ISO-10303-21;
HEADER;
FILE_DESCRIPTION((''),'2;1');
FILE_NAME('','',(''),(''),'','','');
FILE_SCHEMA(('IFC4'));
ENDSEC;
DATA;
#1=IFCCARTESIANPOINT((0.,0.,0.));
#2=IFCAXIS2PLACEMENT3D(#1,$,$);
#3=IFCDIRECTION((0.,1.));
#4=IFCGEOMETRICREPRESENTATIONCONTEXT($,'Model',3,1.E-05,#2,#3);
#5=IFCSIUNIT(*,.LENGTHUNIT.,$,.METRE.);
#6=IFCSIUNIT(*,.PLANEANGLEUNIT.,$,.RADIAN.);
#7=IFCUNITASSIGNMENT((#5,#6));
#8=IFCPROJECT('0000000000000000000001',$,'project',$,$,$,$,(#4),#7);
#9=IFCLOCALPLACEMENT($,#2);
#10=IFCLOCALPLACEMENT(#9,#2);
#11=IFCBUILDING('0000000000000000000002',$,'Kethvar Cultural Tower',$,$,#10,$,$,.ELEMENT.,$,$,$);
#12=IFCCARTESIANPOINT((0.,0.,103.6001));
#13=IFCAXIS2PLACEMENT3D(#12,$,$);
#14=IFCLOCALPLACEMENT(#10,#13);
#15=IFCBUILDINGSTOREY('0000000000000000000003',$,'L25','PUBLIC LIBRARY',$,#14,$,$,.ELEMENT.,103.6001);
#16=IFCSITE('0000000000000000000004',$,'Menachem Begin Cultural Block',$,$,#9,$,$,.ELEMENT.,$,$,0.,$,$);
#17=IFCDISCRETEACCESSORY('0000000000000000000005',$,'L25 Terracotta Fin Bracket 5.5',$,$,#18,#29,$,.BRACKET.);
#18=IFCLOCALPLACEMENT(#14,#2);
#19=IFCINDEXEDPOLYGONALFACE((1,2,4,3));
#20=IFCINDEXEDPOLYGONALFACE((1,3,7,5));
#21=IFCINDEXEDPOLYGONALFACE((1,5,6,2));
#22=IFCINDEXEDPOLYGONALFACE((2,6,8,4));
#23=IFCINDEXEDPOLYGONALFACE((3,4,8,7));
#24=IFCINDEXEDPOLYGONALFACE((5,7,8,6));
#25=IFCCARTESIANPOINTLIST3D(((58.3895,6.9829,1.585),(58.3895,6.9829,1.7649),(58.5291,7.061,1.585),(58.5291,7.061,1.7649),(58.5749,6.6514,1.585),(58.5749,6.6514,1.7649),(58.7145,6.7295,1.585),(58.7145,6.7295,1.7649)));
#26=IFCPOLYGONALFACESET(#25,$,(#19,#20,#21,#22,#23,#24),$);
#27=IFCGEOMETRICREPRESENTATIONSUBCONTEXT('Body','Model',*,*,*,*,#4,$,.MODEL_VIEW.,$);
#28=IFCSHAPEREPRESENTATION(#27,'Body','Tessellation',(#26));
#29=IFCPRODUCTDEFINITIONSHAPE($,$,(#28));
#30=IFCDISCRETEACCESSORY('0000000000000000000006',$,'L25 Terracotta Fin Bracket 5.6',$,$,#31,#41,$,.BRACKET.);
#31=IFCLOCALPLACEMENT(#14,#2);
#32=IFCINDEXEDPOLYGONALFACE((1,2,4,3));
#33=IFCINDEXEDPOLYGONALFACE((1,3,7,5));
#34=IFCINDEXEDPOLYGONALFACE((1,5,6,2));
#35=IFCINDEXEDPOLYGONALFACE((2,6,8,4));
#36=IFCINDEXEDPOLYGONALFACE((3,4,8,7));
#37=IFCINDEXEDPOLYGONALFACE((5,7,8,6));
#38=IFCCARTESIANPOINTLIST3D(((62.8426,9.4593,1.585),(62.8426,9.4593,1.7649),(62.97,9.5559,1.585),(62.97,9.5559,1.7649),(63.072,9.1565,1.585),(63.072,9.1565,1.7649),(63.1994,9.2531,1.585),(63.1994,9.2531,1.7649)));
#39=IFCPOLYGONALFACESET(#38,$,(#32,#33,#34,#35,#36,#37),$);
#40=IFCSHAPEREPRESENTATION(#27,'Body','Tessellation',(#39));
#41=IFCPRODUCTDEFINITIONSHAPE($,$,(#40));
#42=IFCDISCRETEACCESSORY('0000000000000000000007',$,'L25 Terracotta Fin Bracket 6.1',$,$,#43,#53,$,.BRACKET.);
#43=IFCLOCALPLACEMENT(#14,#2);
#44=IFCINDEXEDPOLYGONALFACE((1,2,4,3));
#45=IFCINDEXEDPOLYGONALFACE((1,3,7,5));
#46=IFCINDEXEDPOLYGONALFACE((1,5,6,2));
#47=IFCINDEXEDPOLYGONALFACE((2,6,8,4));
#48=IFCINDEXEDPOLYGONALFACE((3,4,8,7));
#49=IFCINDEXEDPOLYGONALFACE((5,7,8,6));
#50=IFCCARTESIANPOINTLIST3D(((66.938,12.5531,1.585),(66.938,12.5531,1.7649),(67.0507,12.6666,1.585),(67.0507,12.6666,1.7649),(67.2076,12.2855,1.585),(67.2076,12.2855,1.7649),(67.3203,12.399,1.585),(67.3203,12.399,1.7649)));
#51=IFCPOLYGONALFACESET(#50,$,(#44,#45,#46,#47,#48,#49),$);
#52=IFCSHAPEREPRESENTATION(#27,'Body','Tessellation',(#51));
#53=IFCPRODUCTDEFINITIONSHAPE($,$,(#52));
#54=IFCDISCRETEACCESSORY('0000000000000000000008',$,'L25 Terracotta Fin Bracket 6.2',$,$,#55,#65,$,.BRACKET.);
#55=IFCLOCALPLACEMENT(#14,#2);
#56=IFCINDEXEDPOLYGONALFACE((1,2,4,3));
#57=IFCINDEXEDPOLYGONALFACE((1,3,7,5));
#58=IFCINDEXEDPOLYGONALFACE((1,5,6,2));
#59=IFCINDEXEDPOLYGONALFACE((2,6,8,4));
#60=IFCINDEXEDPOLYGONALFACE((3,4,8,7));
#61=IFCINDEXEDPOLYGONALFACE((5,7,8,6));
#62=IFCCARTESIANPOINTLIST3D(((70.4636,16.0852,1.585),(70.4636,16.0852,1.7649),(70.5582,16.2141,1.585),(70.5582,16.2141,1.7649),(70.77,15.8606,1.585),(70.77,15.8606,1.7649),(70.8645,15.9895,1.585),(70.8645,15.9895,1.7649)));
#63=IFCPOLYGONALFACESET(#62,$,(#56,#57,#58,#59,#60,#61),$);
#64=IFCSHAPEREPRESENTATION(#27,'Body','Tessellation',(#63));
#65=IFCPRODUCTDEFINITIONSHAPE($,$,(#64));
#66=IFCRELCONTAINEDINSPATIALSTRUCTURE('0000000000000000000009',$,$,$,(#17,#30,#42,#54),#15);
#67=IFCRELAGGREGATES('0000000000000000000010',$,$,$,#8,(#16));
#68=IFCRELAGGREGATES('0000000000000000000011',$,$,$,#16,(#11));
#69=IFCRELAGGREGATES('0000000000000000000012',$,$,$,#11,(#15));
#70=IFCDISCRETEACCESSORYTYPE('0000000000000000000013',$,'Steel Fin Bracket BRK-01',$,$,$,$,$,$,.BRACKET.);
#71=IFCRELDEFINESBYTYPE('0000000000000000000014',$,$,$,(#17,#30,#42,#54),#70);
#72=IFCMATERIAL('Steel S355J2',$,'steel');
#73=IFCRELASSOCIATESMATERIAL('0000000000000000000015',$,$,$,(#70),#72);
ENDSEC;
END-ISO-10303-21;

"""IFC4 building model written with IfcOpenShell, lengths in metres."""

from ifc_helpers import new_model, si_unit, direction, frame, origin, origin_2d, place, context, subcontext, project, spatial, rectangle, extrude, source, transform, mapped, material, type_object, element, save


model = new_model("IFC4")

# Units and contexts
model_context = context("Model", 3, precision=1e-05, world=origin(), true_north=direction((0.0, 1.0)))
body_context = subcontext(model_context, "Body", "Model", "MODEL_VIEW")
ifc_project = project(units=[si_unit("LENGTHUNIT", "METRE"), si_unit("PLANEANGLEUNIT", "RADIAN")], contexts=[model_context])

# Site, building, storey
site_placement = place(None, origin())
site = spatial("IfcSite", under=ifc_project, at=site_placement, Name="Menachem Begin Cultural Block", CompositionType="ELEMENT", RefElevation=0.0)
building_placement = place(site_placement, origin())
building = spatial("IfcBuilding", under=site, at=building_placement, Name="Kethvar Cultural Tower", CompositionType="ELEMENT")
storey_placement = place(building_placement, frame((0.0, 0.0, 103.6001)))
storey = spatial("IfcBuildingStorey", under=building, at=storey_placement, Name="L25", Description="PUBLIC LIBRARY", CompositionType="ELEMENT", Elevation=103.6001)

# Shared definitions
ifc_material_1 = material(Name="Steel S355J2", Category="steel")

# Discrete accessories
discrete_accessory_type = type_object("IfcDiscreteAccessoryType", Name="Steel Fin Bracket BRK-01", PredefinedType="BRACKET", material=ifc_material_1)
shared_shape_1 = source(origin(), body_context, "Body", "SweptSolid", [
    extrude(rectangle(XDim=0.3799, YDim=0.1599, at=origin_2d()), origin(), (0.0, 0.0, 1.0), 0.1799),
])
for number, where, z_axis, x_axis, name in (
    (1, (58.552, 6.8562, 1.585), (0.0, 0.0, 1.0), (0.488164, -0.872752, 0.0), "L25 Terracotta Fin Bracket 5.5"),
    (2, (63.021, 9.3562, 1.585), (0.0, 0.0, 1.0), (0.603904, -0.797057, 0.0), "L25 Terracotta Fin Bracket 5.6"),
    (3, (67.1292, 12.4761, 1.585), (0.0, 0.0, 1.0), (0.709694, -0.70451, 0.0), "L25 Terracotta Fin Bracket 6.1"),
    (4, (70.6641, 16.0374, 1.585), (0.0, 0.0, 1.0), (0.806445, -0.59131, 0.0), "L25 Terracotta Fin Bracket 6.2"),
):
    element("IfcDiscreteAccessory", number, at=place(storey_placement, frame(where, z_axis=z_axis, x_axis=x_axis)), inside=storey, type_object=discrete_accessory_type, Name=name, PredefinedType="BRACKET", context=body_context, shape_type="MappedRepresentation", body=[
        mapped(shared_shape_1, transform((0.0, 0.0, 0.0), scale=1.0)),
    ])

save(model, "model.ifc")
